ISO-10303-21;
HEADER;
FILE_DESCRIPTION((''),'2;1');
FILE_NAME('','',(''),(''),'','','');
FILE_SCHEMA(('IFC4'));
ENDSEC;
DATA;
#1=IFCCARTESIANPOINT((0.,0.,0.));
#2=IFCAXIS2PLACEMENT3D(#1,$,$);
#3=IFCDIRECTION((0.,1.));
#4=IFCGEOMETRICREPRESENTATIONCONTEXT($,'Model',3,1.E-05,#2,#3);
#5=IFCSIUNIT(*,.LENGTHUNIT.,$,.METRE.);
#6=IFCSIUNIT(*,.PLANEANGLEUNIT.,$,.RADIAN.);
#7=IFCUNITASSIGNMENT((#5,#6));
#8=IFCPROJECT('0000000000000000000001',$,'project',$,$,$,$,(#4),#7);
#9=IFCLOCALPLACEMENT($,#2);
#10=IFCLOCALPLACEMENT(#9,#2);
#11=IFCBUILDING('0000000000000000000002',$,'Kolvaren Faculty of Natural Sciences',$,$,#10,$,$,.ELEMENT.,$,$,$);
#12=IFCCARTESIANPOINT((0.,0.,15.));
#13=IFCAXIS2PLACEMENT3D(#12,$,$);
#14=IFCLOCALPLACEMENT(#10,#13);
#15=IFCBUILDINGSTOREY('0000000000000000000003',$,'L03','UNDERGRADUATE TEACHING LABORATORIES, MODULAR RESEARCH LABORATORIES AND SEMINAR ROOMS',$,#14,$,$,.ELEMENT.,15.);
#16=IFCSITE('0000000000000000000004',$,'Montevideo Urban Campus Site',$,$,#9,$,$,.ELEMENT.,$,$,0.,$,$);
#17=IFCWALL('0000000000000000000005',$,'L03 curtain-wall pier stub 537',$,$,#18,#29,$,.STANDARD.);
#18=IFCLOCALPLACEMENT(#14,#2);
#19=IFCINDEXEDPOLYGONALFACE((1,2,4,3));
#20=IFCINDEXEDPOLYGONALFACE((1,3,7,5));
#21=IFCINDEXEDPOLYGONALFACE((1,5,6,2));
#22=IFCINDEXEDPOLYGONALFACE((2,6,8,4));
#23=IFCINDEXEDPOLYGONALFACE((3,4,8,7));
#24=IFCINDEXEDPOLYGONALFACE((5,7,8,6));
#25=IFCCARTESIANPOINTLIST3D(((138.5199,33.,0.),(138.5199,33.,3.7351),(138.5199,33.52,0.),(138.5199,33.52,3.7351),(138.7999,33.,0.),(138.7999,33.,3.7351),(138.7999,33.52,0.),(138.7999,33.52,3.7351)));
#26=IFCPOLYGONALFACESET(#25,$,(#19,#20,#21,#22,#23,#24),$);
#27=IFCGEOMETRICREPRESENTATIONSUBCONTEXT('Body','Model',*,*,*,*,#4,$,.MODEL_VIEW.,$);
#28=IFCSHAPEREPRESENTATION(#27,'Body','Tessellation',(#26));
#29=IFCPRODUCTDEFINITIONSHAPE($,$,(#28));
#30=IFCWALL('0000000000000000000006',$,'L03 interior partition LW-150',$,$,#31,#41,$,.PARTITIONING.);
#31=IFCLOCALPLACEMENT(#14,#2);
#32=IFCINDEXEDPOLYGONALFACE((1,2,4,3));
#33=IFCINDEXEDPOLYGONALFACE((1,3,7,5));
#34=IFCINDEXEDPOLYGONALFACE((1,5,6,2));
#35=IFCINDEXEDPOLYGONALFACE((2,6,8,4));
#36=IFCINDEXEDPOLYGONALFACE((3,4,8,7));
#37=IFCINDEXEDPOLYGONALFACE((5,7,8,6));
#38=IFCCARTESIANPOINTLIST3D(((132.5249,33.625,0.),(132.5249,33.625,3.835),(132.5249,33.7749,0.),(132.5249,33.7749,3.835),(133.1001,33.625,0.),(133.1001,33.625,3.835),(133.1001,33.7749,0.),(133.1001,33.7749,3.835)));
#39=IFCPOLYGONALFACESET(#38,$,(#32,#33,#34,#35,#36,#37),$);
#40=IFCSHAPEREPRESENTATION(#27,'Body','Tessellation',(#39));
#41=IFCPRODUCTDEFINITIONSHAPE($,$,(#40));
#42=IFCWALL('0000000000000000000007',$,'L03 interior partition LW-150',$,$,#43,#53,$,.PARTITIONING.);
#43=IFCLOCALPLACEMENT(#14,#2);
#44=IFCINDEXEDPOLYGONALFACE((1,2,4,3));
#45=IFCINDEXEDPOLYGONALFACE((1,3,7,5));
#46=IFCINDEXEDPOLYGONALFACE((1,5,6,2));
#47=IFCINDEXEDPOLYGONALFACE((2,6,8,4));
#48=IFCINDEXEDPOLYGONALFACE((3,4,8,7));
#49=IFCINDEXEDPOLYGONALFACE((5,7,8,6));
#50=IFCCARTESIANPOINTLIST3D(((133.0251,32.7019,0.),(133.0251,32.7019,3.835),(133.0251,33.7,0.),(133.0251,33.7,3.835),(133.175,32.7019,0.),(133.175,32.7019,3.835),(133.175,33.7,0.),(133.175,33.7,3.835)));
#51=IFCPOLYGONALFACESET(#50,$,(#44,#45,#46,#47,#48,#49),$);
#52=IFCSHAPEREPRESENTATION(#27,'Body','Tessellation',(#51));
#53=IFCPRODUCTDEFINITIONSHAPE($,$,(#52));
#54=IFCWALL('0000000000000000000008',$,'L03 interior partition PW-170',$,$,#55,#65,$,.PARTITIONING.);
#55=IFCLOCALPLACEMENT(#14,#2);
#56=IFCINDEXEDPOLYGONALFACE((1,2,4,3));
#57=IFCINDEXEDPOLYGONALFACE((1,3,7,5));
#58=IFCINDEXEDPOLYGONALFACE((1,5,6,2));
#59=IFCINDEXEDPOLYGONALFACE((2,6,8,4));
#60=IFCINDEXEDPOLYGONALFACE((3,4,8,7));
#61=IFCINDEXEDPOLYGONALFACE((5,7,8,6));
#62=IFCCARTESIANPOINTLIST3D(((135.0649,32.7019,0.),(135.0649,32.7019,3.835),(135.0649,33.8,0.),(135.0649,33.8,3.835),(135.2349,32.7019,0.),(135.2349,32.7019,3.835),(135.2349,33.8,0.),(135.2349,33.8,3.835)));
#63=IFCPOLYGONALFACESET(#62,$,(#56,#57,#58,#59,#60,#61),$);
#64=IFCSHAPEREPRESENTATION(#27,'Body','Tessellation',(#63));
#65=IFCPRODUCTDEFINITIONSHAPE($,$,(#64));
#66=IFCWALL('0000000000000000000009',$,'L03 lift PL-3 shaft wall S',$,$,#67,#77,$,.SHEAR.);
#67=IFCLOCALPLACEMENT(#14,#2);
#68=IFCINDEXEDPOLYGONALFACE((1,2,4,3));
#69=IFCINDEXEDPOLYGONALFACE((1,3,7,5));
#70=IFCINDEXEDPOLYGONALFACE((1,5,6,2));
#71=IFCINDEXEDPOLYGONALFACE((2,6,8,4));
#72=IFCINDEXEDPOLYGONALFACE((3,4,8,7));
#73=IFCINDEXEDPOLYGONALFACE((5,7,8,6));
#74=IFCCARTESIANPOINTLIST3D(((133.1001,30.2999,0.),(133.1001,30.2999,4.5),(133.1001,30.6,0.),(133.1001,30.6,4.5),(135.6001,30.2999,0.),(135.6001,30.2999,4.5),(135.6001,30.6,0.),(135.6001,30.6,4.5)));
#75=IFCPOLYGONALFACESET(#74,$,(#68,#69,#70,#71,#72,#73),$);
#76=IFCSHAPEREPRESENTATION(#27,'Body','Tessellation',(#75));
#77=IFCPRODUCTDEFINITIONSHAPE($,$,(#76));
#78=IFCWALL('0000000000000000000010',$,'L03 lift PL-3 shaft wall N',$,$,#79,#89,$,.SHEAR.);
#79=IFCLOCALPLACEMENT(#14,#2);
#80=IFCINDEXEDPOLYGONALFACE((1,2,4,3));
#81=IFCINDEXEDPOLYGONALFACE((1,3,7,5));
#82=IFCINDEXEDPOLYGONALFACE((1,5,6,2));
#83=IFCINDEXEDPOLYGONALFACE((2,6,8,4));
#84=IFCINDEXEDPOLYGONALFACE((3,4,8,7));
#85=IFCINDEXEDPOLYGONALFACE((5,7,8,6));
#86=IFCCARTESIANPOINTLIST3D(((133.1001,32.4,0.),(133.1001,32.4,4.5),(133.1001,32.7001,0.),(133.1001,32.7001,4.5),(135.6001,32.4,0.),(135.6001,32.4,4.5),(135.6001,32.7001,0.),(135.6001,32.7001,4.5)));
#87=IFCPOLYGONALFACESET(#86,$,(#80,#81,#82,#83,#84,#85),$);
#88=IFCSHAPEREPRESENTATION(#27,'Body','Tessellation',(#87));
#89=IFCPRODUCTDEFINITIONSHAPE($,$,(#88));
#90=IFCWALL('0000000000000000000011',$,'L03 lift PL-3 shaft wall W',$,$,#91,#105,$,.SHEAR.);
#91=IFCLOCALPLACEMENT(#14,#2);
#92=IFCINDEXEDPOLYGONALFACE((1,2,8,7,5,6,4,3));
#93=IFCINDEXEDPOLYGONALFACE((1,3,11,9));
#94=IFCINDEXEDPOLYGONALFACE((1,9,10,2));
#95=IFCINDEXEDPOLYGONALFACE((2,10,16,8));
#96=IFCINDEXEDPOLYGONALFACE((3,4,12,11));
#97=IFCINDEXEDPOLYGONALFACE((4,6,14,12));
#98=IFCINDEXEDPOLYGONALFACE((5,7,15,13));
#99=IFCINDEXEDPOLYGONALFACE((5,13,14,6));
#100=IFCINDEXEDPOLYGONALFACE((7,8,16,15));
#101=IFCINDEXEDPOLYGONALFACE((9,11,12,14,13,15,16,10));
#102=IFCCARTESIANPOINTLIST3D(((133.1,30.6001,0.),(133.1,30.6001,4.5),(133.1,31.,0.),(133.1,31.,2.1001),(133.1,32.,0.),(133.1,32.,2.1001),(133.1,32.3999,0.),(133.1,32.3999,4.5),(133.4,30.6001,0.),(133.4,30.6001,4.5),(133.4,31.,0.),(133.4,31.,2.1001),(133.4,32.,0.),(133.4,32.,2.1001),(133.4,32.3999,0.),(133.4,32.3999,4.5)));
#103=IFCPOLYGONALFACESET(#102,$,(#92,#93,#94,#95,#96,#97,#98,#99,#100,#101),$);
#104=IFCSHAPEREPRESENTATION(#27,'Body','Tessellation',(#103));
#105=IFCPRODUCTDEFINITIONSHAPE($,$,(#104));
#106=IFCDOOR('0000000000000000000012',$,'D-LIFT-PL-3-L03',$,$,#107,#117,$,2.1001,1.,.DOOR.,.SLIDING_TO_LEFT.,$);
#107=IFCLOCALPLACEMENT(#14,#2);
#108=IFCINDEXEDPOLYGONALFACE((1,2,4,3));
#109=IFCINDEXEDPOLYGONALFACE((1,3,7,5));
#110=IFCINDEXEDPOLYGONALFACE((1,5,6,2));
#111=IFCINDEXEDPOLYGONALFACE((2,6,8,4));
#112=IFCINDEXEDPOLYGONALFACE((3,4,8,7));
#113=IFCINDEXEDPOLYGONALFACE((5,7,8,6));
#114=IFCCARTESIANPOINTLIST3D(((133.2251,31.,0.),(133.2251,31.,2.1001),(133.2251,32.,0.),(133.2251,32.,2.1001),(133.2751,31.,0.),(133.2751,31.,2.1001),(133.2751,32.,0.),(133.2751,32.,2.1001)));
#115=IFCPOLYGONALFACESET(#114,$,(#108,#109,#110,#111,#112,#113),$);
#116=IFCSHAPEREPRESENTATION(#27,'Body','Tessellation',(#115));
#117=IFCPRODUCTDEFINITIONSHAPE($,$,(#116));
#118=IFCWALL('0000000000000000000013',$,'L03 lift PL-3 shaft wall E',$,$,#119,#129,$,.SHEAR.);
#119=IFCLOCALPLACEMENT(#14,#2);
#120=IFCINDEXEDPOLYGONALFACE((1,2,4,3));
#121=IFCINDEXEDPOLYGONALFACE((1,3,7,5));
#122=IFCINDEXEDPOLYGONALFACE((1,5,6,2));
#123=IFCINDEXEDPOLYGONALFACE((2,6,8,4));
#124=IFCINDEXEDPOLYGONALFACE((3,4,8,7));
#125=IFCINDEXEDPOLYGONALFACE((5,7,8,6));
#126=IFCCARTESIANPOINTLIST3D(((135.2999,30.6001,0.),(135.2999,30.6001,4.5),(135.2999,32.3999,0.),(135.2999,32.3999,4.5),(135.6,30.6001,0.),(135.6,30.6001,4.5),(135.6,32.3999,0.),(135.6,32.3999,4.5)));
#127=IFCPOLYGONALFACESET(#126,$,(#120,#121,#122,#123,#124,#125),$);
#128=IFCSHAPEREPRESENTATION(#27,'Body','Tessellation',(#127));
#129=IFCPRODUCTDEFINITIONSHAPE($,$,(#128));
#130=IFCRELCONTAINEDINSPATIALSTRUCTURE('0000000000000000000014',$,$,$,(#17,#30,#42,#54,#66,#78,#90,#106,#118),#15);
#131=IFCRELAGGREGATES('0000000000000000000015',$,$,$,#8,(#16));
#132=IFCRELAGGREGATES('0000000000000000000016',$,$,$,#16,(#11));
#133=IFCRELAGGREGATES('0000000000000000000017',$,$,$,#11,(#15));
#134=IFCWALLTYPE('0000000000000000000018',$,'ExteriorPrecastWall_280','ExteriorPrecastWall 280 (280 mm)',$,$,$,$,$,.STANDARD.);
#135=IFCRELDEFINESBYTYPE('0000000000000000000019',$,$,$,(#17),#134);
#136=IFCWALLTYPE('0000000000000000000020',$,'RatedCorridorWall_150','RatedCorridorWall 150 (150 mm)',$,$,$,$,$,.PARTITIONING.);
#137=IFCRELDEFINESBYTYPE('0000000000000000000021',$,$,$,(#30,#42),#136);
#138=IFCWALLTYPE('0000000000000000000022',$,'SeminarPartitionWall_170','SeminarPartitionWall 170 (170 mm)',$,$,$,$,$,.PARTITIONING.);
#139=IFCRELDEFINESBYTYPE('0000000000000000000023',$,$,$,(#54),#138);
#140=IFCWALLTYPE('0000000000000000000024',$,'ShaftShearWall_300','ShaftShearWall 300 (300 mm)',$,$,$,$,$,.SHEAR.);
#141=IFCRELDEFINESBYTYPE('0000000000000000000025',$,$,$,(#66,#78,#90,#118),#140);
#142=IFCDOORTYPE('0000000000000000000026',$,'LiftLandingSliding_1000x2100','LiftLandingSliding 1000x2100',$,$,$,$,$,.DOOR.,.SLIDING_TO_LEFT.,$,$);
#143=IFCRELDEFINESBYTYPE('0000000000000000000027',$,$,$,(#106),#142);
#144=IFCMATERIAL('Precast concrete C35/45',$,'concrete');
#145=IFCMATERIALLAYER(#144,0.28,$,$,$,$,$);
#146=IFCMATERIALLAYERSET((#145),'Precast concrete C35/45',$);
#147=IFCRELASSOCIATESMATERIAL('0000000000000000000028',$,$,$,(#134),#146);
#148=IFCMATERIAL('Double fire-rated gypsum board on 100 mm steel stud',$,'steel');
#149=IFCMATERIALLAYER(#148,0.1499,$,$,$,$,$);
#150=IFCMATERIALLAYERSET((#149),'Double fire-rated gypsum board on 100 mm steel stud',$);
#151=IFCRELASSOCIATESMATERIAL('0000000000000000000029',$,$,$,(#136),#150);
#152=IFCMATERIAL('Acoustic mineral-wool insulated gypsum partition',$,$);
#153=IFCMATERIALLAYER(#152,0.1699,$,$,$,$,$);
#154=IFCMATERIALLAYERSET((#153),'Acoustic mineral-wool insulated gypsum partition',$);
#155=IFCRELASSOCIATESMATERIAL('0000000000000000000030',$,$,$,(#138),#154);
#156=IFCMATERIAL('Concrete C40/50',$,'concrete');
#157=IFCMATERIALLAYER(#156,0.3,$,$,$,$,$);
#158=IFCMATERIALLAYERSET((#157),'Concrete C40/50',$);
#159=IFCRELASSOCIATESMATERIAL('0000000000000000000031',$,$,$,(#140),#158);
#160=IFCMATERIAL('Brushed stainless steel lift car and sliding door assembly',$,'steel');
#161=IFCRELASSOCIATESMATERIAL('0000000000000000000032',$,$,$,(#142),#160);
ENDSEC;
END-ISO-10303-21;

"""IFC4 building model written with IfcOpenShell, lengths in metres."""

from ifc_helpers import new_model, si_unit, direction, frame, frame_2d, origin, place, context, subcontext, project, spatial, rectangle, extrude, material, layer, layer_set, type_object, element, fill, save


model = new_model("IFC4")

# Units and contexts
model_context = context("Model", 3, precision=1e-05, world=origin(), true_north=direction((0.0, 1.0)))
body_context = subcontext(model_context, "Body", "Model", "MODEL_VIEW")
ifc_project = project(units=[si_unit("LENGTHUNIT", "METRE"), si_unit("PLANEANGLEUNIT", "RADIAN")], contexts=[model_context])

# Site, building, storey
site_placement = place(None, origin())
site = spatial("IfcSite", under=ifc_project, at=site_placement, Name="Montevideo Urban Campus Site", CompositionType="ELEMENT", RefElevation=0.0)
building_placement = place(site_placement, origin())
building = spatial("IfcBuilding", under=site, at=building_placement, Name="Kolvaren Faculty of Natural Sciences", CompositionType="ELEMENT")
storey_placement = place(building_placement, frame((0.0, 0.0, 15.0)))
storey = spatial("IfcBuildingStorey", under=building, at=storey_placement, Name="L03", Description="UNDERGRADUATE TEACHING LABORATORIES, MODULAR RESEARCH LABORATORIES AND SEMINAR ROOMS", CompositionType="ELEMENT", Elevation=15.0)

# Walls
ifc_material_1 = material(Name="Precast concrete C35/45", Category="concrete")
ifc_layer_1 = layer(ifc_material_1, 0.28)
ifc_layer_set_1 = layer_set([ifc_layer_1], Name="Precast concrete C35/45")
wall_type_1 = type_object("IfcWallType", Name="ExteriorPrecastWall_280", Description="ExteriorPrecastWall 280 (280 mm)", PredefinedType="STANDARD", material=ifc_layer_set_1)
wall_1_placement = place(storey_placement, frame((138.6599, 33.52, 0.0), z_axis=(0.0, 0.0, 1.0), x_axis=(0.0, -1.0, 0.0)))
element("IfcWall", 1, at=wall_1_placement, inside=storey, type_object=wall_type_1, Name="L03 curtain-wall pier stub 537", PredefinedType="STANDARD", context=body_context, shape_type="SweptSolid", body=[
    extrude(rectangle(XDim=0.52, YDim=0.28, at=frame_2d((0.26, 0.0))), origin(), (0.0, 0.0, 1.0), 3.7351),
])
ifc_material_2 = material(Name="Double fire-rated gypsum board on 100 mm steel stud", Category="steel")
ifc_layer_2 = layer(ifc_material_2, 0.1499)
ifc_layer_set_2 = layer_set([ifc_layer_2], Name="Double fire-rated gypsum board on 100 mm steel stud")
wall_type_2 = type_object("IfcWallType", Name="RatedCorridorWall_150", Description="RatedCorridorWall 150 (150 mm)", PredefinedType="PARTITIONING", material=ifc_layer_set_2)
wall_2_placement = place(storey_placement, frame((132.5249, 33.7, 0.0), z_axis=(0.0, 0.0, 1.0), x_axis=(1.0, 0.0, 0.0)))
element("IfcWall", 2, at=wall_2_placement, inside=storey, type_object=wall_type_2, Name="L03 interior partition LW-150", PredefinedType="PARTITIONING", context=body_context, shape_type="SweptSolid", body=[
    extrude(rectangle(XDim=0.5752, YDim=0.1499, at=frame_2d((0.2876, 0.0))), origin(), (0.0, 0.0, 1.0), 3.835),
])
wall_3_placement = place(storey_placement, frame((133.1001, 33.7, 0.0), z_axis=(0.0, 0.0, 1.0), x_axis=(0.0, -1.0, 0.0)))
element("IfcWall", 3, at=wall_3_placement, inside=storey, type_object=wall_type_2, Name="L03 interior partition LW-150", PredefinedType="PARTITIONING", context=body_context, shape_type="SweptSolid", body=[
    extrude(rectangle(XDim=0.998, YDim=0.1499, at=frame_2d((0.499, 0.0))), origin(), (0.0, 0.0, 1.0), 3.835),
])
ifc_material_3 = material(Name="Acoustic mineral-wool insulated gypsum partition")
ifc_layer_3 = layer(ifc_material_3, 0.1699)
ifc_layer_set_3 = layer_set([ifc_layer_3], Name="Acoustic mineral-wool insulated gypsum partition")
wall_type_3 = type_object("IfcWallType", Name="SeminarPartitionWall_170", Description="SeminarPartitionWall 170 (170 mm)", PredefinedType="PARTITIONING", material=ifc_layer_set_3)
wall_4_placement = place(storey_placement, frame((135.1499, 33.8, 0.0), z_axis=(0.0, 0.0, 1.0), x_axis=(0.0, -1.0, 0.0)))
element("IfcWall", 4, at=wall_4_placement, inside=storey, type_object=wall_type_3, Name="L03 interior partition PW-170", PredefinedType="PARTITIONING", context=body_context, shape_type="SweptSolid", body=[
    extrude(rectangle(XDim=1.0981, YDim=0.1699, at=frame_2d((0.5491, 0.0))), origin(), (0.0, 0.0, 1.0), 3.835),
])
ifc_material_4 = material(Name="Concrete C40/50", Category="concrete")
ifc_layer_4 = layer(ifc_material_4, 0.3)
ifc_layer_set_4 = layer_set([ifc_layer_4], Name="Concrete C40/50")
wall_type_4 = type_object("IfcWallType", Name="ShaftShearWall_300", Description="ShaftShearWall 300 (300 mm)", PredefinedType="SHEAR", material=ifc_layer_set_4)
for number, where, z_axis, x_axis, name in (
    (5, (133.1001, 30.45, 0.0), (0.0, 0.0, 1.0), (1.0, 0.0, 0.0), "L03 lift PL-3 shaft wall S"),
    (6, (133.1001, 32.55, 0.0), (0.0, 0.0, 1.0), (1.0, 0.0, 0.0), "L03 lift PL-3 shaft wall N"),
):
    element("IfcWall", number, at=place(storey_placement, frame(where, z_axis=z_axis, x_axis=x_axis)), inside=storey, type_object=wall_type_4, Name=name, PredefinedType="SHEAR", context=body_context, shape_type="SweptSolid", body=[
        extrude(rectangle(XDim=2.5, YDim=0.3, at=frame_2d((1.25, 0.0))), origin(), (0.0, 0.0, 1.0), 4.5),
    ])

# Wall, opening, door
wall_5_placement = place(storey_placement, frame((133.25, 30.6001, 0.0), z_axis=(0.0, 0.0, 1.0), x_axis=(0.0, 1.0, 0.0)))
wall_5 = element("IfcWall", 7, at=wall_5_placement, inside=storey, type_object=wall_type_4, Name="L03 lift PL-3 shaft wall W", PredefinedType="SHEAR", context=body_context, shape_type="SweptSolid", body=[
    extrude(rectangle(XDim=1.7998, YDim=0.3, at=frame_2d((0.8999, 0.0))), origin(), (0.0, 0.0, 1.0), 4.5),
])
opening_placement = place(wall_5_placement, frame((0.3999, 0.0, 0.0)))
opening = element("IfcOpeningElement", 8, at=opening_placement, cuts=wall_5, PredefinedType="OPENING", context=body_context, shape_type="SweptSolid", body=[
    extrude(rectangle(XDim=1.0, YDim=2.1001, at=frame_2d((0.5, 1.05))), frame((0.0, 0.1599, 0.0), z_axis=(0.0, -1.0, 0.0), x_axis=(1.0, 0.0, 0.0)), (0.0, 0.0, 1.0), 0.3201),
])
ifc_material_5 = material(Name="Brushed stainless steel lift car and sliding door assembly", Category="steel")
door_type = type_object("IfcDoorType", Name="LiftLandingSliding_1000x2100", Description="LiftLandingSliding 1000x2100", OperationType="SLIDING_TO_LEFT", PredefinedType="DOOR", material=ifc_material_5)
door_placement = place(opening_placement, origin())
door = element("IfcDoor", 9, at=door_placement, inside=storey, type_object=door_type, Name="D-LIFT-PL-3-L03", OperationType="SLIDING_TO_LEFT", OverallHeight=2.1001, OverallWidth=1.0, PredefinedType="DOOR", context=body_context, shape_type="SweptSolid", body=[
    extrude(rectangle(XDim=1.0, YDim=2.1001, at=frame_2d((0.5, 1.05))), frame((0.0, 0.0249, 0.0), z_axis=(0.0, -1.0, 0.0), x_axis=(1.0, 0.0, 0.0)), (0.0, 0.0, 1.0), 0.05),
])
fill(opening, door)

# Wall
wall_6_placement = place(storey_placement, frame((135.45, 30.6001, 0.0), z_axis=(0.0, 0.0, 1.0), x_axis=(0.0, 1.0, 0.0)))
element("IfcWall", 10, at=wall_6_placement, inside=storey, type_object=wall_type_4, Name="L03 lift PL-3 shaft wall E", PredefinedType="SHEAR", context=body_context, shape_type="SweptSolid", body=[
    extrude(rectangle(XDim=1.7998, YDim=0.3, at=frame_2d((0.8999, 0.0))), origin(), (0.0, 0.0, 1.0), 4.5),
])

save(model, "model.ifc")
